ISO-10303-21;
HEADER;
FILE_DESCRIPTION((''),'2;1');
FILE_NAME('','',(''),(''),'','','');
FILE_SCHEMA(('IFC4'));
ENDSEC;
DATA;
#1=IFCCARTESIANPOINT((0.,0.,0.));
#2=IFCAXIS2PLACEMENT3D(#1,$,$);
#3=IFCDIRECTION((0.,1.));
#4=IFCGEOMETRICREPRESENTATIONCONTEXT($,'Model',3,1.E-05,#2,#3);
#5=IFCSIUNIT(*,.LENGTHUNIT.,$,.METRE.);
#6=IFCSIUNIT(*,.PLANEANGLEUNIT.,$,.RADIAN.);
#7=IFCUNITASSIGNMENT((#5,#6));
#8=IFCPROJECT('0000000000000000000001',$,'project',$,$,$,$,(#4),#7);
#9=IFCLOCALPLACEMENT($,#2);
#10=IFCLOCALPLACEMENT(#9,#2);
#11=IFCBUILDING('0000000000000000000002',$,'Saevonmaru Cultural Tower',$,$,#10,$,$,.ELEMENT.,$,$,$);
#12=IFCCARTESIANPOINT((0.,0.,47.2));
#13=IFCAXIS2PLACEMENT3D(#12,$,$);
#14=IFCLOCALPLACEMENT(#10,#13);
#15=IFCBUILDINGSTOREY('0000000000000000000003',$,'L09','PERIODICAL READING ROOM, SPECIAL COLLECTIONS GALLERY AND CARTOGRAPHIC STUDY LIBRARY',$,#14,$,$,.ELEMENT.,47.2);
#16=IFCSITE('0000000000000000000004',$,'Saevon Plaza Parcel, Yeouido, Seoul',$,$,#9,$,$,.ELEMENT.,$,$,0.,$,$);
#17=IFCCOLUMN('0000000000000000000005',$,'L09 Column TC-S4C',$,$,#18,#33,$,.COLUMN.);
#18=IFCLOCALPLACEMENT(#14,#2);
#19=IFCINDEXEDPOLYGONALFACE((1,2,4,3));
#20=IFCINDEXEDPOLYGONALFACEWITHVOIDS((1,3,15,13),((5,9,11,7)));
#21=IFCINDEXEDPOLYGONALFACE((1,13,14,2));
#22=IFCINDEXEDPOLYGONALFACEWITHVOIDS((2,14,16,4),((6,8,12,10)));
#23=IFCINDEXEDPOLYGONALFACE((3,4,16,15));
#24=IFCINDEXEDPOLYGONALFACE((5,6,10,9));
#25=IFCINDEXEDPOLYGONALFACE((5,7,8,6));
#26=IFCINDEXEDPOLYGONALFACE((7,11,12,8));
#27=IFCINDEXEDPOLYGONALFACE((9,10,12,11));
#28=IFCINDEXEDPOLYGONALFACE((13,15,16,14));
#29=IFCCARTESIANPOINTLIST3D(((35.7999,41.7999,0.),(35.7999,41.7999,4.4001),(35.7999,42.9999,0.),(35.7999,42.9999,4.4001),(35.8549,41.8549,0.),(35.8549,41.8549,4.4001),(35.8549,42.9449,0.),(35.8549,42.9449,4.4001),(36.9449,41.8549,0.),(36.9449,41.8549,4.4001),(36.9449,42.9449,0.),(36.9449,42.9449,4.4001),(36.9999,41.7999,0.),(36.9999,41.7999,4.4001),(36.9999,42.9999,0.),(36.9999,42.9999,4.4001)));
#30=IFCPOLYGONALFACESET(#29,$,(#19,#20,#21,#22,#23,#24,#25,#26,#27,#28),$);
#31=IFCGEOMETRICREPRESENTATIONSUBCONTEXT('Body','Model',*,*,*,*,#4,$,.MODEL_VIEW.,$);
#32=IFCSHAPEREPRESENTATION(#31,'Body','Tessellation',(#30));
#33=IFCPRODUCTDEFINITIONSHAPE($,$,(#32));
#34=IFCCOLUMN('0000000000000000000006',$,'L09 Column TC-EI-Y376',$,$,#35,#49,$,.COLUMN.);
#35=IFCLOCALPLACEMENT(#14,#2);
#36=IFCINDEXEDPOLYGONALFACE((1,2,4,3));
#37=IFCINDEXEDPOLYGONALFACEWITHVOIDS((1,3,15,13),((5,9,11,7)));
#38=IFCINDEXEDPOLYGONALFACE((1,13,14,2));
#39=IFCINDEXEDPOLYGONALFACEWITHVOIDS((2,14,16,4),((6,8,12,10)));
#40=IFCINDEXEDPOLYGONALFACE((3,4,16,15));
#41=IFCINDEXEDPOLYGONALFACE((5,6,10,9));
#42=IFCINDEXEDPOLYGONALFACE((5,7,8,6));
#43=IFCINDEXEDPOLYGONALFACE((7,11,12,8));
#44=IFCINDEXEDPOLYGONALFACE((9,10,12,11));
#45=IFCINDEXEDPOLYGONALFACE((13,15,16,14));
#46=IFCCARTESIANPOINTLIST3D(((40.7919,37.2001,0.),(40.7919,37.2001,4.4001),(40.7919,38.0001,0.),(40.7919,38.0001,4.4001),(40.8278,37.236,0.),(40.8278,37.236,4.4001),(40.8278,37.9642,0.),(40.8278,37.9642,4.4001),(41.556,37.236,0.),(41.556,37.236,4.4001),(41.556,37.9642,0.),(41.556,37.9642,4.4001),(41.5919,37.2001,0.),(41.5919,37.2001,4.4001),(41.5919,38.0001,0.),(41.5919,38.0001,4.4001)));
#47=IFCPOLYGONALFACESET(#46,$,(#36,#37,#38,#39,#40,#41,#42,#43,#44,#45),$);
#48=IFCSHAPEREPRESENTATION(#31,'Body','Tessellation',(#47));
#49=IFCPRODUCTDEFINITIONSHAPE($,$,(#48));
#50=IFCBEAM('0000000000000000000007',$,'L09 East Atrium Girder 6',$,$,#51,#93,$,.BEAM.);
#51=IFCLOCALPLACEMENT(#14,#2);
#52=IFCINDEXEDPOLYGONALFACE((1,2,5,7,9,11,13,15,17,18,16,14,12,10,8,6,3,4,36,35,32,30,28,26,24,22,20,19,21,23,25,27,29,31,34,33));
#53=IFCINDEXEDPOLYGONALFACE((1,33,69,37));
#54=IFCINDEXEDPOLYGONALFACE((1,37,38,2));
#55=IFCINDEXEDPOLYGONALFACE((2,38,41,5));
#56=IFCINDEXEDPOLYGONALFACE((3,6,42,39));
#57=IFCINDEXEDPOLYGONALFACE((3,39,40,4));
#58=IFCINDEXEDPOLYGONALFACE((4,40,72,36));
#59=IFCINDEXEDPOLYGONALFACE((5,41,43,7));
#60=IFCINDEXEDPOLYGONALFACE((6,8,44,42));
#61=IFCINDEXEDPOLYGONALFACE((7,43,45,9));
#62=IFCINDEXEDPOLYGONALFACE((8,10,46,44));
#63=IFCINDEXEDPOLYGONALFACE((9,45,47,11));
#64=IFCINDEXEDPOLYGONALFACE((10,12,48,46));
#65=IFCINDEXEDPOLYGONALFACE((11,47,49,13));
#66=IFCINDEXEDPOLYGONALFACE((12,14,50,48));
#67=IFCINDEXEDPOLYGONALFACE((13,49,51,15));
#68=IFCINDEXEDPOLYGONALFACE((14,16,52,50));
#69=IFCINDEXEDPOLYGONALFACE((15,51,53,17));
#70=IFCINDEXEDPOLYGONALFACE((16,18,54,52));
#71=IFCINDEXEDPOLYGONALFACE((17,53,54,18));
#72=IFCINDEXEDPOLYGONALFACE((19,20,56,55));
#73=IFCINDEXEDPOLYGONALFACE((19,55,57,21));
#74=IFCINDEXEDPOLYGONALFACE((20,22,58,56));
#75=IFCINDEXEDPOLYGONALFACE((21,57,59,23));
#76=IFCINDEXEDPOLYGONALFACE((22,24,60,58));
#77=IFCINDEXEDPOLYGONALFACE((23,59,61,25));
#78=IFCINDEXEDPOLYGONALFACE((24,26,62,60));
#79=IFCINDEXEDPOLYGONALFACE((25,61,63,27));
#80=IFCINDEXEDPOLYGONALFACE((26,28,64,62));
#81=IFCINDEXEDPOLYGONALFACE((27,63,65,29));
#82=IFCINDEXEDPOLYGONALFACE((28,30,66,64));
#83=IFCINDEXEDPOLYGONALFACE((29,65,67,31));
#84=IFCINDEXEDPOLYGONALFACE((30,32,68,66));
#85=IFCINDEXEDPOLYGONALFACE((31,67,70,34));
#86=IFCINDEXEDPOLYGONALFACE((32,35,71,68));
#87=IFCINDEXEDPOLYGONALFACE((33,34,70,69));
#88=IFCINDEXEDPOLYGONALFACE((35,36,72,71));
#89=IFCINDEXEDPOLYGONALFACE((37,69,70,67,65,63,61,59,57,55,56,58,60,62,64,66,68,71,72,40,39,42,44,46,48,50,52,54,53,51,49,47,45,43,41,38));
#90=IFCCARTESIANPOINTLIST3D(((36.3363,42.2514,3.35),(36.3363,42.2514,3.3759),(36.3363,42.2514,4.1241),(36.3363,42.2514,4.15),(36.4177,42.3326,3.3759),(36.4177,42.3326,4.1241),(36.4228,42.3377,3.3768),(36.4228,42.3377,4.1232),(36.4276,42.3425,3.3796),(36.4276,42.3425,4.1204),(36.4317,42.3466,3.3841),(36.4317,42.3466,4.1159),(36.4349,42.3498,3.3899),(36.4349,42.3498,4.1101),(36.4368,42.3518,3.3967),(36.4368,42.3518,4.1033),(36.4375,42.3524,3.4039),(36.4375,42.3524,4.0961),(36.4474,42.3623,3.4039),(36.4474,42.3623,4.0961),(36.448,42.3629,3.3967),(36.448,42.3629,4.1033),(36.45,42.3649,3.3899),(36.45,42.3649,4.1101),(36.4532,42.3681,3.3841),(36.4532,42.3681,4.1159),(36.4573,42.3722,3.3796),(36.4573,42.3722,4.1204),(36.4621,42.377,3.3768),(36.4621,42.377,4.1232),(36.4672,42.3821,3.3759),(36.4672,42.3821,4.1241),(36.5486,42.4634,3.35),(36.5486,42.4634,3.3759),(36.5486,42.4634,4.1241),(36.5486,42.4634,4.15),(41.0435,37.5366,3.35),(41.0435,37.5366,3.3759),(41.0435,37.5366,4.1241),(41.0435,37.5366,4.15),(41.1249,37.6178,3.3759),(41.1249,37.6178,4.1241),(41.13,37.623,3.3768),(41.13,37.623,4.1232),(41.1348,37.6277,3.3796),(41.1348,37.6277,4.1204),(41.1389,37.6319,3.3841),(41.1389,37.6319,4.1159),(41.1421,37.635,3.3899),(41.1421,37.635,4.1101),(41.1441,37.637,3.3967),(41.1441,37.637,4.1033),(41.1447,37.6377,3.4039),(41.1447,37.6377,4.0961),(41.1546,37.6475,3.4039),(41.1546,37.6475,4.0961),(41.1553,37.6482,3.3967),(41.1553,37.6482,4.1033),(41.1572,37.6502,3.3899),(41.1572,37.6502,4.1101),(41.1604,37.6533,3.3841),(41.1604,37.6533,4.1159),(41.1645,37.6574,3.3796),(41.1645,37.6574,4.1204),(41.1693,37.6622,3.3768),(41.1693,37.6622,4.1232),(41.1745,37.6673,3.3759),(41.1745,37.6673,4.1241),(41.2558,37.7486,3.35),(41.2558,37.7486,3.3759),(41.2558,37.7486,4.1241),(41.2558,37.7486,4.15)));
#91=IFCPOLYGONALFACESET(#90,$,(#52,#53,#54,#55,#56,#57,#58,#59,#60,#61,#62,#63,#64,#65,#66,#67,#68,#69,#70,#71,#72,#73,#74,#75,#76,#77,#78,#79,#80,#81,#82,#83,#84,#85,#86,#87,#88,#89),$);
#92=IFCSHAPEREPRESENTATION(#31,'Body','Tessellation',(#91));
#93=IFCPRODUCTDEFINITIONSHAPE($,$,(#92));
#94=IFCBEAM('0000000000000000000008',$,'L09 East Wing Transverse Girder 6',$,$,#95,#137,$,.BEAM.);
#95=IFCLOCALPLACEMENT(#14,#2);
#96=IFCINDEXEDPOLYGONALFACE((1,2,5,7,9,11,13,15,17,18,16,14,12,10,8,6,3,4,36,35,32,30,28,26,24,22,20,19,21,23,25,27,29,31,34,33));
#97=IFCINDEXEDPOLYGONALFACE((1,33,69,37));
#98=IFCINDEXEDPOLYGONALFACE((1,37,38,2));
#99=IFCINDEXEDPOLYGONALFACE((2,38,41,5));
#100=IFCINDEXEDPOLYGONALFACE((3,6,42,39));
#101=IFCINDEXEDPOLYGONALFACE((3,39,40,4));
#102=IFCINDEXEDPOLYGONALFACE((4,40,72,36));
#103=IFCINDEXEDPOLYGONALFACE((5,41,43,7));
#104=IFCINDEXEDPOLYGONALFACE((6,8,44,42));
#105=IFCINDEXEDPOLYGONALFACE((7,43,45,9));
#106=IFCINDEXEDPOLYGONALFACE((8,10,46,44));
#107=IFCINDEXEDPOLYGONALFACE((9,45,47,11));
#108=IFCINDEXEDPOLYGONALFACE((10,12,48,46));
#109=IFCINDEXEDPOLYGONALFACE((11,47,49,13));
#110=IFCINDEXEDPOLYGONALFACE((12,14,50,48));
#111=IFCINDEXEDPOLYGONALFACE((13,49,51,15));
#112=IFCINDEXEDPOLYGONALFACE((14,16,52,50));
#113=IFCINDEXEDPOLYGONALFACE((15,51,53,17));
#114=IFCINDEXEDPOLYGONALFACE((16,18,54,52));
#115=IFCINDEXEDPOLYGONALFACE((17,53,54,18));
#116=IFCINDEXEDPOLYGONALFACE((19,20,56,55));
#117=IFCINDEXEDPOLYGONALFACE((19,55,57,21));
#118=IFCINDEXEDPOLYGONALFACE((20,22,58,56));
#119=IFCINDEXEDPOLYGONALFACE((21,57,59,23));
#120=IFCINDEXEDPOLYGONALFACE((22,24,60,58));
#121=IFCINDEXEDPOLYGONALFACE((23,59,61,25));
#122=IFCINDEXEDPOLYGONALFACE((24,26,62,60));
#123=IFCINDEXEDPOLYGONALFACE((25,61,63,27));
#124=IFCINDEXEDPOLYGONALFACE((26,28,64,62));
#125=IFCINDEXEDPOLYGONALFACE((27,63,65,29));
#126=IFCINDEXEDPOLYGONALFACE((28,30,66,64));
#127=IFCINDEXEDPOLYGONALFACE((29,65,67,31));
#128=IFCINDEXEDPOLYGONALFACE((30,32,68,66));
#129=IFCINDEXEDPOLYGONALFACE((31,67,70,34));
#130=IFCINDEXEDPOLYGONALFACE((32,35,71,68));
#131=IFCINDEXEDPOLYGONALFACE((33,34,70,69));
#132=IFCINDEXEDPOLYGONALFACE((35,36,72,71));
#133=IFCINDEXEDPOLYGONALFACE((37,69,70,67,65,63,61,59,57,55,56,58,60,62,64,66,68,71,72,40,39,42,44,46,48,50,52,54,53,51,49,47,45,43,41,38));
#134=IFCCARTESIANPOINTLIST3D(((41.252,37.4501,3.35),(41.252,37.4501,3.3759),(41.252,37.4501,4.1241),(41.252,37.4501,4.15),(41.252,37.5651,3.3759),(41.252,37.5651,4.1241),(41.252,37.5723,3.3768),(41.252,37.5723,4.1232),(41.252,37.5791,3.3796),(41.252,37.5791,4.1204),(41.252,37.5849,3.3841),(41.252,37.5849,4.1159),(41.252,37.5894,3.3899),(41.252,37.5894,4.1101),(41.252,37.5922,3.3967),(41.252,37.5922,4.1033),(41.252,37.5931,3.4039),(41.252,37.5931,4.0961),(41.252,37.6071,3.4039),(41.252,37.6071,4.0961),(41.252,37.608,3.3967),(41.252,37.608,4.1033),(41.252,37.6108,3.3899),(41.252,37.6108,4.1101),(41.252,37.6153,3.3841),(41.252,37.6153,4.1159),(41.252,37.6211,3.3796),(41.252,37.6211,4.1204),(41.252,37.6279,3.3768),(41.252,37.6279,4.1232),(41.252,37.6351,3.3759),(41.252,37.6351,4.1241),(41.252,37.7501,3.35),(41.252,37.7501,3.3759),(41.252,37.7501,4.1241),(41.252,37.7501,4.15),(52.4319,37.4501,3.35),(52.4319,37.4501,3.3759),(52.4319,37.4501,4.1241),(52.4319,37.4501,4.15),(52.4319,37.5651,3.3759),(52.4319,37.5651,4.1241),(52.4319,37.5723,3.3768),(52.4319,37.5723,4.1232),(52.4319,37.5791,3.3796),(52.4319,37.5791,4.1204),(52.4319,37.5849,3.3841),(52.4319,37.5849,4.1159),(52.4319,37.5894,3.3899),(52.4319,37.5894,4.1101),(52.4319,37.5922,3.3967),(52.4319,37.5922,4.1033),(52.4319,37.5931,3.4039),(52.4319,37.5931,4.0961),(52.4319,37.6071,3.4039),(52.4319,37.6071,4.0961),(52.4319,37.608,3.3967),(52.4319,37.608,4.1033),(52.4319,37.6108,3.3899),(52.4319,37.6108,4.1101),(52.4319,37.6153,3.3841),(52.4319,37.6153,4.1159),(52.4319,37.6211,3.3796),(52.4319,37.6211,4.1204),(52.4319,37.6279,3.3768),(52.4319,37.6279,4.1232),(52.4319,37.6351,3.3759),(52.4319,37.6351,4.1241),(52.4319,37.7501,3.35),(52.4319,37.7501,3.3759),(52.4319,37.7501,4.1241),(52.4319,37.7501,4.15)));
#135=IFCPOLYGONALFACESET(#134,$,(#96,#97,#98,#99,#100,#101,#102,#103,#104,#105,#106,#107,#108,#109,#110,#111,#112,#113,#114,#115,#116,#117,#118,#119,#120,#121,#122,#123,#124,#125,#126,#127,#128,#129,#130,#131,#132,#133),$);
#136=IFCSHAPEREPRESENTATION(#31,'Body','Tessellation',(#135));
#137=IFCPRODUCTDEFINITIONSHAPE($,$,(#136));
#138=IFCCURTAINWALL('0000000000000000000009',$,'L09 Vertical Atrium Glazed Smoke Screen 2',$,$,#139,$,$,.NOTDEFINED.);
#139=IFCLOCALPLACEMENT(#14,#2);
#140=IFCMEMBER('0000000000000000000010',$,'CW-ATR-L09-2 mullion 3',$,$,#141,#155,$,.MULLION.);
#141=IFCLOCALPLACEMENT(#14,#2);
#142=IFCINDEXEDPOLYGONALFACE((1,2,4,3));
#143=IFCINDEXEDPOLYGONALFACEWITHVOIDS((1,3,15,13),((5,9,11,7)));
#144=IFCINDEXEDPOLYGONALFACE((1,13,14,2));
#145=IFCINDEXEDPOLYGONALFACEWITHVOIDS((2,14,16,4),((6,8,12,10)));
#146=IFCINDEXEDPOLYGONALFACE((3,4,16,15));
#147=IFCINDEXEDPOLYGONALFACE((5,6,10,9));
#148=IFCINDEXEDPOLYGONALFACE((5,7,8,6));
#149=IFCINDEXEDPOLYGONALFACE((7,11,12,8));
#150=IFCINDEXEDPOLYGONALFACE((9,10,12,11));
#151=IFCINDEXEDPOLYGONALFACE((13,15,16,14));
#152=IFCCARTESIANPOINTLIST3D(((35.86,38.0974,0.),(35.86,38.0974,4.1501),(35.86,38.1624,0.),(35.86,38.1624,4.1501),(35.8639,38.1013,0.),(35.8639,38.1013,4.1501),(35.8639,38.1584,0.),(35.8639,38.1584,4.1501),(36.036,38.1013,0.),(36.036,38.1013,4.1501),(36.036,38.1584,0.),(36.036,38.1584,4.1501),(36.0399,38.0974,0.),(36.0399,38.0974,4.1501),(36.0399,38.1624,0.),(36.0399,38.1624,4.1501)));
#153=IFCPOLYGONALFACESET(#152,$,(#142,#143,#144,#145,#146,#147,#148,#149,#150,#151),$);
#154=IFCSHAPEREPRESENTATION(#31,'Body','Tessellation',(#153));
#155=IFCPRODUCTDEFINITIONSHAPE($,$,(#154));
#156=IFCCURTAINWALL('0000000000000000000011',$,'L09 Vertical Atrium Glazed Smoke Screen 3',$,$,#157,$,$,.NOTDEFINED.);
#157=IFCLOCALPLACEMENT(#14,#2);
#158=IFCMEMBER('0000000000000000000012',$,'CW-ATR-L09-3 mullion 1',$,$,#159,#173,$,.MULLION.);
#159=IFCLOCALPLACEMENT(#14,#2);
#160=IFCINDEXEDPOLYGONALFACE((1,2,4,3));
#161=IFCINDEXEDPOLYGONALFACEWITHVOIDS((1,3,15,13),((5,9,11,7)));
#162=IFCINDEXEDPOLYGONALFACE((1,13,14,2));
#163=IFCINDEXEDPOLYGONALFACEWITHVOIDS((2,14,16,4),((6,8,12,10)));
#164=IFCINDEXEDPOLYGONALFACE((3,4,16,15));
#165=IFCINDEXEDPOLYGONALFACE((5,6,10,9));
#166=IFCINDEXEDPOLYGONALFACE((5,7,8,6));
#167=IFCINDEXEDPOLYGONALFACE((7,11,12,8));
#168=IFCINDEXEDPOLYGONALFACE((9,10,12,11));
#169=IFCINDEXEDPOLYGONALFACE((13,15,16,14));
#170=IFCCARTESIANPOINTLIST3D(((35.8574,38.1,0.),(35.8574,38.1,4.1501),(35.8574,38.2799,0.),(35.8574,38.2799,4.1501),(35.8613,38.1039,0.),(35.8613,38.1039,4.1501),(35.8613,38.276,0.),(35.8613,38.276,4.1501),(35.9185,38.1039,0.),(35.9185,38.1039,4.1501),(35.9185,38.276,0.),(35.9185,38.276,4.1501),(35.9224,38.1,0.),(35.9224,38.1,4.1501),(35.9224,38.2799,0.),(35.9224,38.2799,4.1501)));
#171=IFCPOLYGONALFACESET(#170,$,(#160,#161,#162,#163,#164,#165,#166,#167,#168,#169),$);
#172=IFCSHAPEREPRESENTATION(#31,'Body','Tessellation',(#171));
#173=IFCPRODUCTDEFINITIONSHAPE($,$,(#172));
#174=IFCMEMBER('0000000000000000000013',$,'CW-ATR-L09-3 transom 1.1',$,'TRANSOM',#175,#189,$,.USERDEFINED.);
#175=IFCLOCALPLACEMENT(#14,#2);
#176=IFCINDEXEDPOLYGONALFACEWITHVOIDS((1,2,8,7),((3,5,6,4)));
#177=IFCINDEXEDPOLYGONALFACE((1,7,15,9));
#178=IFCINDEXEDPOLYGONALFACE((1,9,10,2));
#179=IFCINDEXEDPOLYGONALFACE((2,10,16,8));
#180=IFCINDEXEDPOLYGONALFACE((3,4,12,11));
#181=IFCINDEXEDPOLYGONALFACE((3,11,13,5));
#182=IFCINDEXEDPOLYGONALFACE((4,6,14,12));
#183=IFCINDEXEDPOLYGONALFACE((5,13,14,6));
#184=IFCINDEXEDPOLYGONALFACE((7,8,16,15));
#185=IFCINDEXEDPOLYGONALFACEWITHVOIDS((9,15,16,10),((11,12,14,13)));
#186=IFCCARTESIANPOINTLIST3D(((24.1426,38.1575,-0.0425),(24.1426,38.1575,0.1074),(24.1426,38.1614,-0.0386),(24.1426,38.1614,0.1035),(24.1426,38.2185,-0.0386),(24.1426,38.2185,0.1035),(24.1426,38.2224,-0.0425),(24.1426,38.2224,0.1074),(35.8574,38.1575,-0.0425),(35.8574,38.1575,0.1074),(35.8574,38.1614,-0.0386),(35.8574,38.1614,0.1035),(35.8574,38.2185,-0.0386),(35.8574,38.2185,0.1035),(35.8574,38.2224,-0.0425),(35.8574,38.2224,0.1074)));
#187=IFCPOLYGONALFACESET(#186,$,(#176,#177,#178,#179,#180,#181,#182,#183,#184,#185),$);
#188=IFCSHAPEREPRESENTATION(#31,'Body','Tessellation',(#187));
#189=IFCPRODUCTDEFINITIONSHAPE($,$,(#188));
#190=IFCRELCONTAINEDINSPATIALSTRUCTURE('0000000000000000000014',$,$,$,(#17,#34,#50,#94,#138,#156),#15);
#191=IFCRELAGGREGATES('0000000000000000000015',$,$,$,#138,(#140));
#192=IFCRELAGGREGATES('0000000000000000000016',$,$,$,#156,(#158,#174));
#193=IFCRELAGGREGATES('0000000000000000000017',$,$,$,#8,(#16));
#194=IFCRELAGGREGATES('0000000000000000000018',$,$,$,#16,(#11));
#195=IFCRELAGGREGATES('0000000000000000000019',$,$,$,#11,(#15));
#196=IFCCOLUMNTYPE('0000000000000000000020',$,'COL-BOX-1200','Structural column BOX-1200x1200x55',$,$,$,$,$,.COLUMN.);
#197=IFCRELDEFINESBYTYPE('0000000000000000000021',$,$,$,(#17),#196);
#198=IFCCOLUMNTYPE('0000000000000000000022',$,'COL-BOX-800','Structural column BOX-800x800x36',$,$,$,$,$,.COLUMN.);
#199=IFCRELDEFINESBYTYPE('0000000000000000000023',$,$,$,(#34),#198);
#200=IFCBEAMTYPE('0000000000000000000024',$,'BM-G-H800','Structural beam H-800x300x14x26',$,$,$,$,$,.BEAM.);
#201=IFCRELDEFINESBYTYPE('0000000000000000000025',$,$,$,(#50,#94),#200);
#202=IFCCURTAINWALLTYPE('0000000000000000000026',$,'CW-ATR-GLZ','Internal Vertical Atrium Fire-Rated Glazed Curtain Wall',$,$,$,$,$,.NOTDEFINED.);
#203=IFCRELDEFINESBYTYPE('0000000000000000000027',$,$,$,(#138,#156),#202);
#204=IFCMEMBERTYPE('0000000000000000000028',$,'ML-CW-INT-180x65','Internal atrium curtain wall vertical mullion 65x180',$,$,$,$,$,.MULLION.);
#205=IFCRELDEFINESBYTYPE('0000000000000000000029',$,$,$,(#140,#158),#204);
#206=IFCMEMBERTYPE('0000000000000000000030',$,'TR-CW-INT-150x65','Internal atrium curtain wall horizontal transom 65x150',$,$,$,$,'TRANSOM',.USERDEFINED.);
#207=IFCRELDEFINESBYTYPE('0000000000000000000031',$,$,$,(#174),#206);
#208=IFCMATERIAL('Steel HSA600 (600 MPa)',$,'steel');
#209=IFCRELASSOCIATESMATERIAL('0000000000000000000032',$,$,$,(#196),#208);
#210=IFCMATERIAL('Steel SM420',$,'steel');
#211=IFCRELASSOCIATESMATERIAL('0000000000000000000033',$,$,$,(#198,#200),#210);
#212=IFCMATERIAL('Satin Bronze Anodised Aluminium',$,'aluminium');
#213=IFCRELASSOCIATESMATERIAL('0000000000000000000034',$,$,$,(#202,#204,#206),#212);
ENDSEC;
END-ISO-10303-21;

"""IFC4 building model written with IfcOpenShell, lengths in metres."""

from ifc_helpers import new_model, si_unit, direction, frame, origin, origin_2d, place, context, subcontext, project, spatial, hollow_rectangle, i_section, extrude, material, material_profile, profile_set, type_object, element, aggregate, save


model = new_model("IFC4")

# Units and contexts
model_context = context("Model", 3, precision=1e-05, world=origin(), true_north=direction((0.0, 1.0)))
body_context = subcontext(model_context, "Body", "Model", "MODEL_VIEW")
ifc_project = project(units=[si_unit("LENGTHUNIT", "METRE"), si_unit("PLANEANGLEUNIT", "RADIAN")], contexts=[model_context])

# Site, building, storey
site_placement = place(None, origin())
site = spatial("IfcSite", under=ifc_project, at=site_placement, Name="Saevon Plaza Parcel, Yeouido, Seoul", CompositionType="ELEMENT", RefElevation=0.0)
building_placement = place(site_placement, origin())
building = spatial("IfcBuilding", under=site, at=building_placement, Name="Saevonmaru Cultural Tower", CompositionType="ELEMENT")
storey_placement = place(building_placement, frame((0.0, 0.0, 47.2)))
storey = spatial("IfcBuildingStorey", under=building, at=storey_placement, Name="L09", Description="PERIODICAL READING ROOM, SPECIAL COLLECTIONS GALLERY AND CARTOGRAPHIC STUDY LIBRARY", CompositionType="ELEMENT", Elevation=47.2)

# Columns
ifc_material_1 = material(Name="Steel HSA600 (600 MPa)", Category="steel")
ifc_material_profile_1 = material_profile(ifc_material_1, hollow_rectangle(XDim=1.2, YDim=1.2, WallThickness=0.0549, at=origin_2d()), Name="BOX-1200x1200x55")
ifc_profile_set_1 = profile_set([ifc_material_profile_1], Name="Steel HSA600 (600 MPa)")
column_type_1 = type_object("IfcColumnType", Name="COL-BOX-1200", Description="Structural column BOX-1200x1200x55", PredefinedType="COLUMN", material=ifc_profile_set_1)
column_1_placement = place(storey_placement, frame((36.3999, 42.3999, 0.0), z_axis=(0.0, 0.0, 1.0), x_axis=(1.0, 0.0, 0.0)))
element("IfcColumn", 1, at=column_1_placement, inside=storey, type_object=column_type_1, Name="L09 Column TC-S4C", PredefinedType="COLUMN", context=body_context, shape_type="SweptSolid", body=[
    extrude(hollow_rectangle(XDim=1.2, YDim=1.2, WallThickness=0.0549, at=origin_2d()), origin(), (0.0, 0.0, 1.0), 4.4001),
])
ifc_material_2 = material(Name="Steel SM420", Category="steel")
ifc_material_profile_2 = material_profile(ifc_material_2, hollow_rectangle(XDim=0.8, YDim=0.8, WallThickness=0.0359, at=origin_2d()), Name="BOX-800x800x36")
ifc_profile_set_2 = profile_set([ifc_material_profile_2], Name="Steel SM420")
column_type_2 = type_object("IfcColumnType", Name="COL-BOX-800", Description="Structural column BOX-800x800x36", PredefinedType="COLUMN", material=ifc_profile_set_2)
column_2_placement = place(storey_placement, frame((41.1919, 37.6001, 0.0), z_axis=(0.0, 0.0, 1.0), x_axis=(1.0, 0.0, 0.0)))
element("IfcColumn", 2, at=column_2_placement, inside=storey, type_object=column_type_2, Name="L09 Column TC-EI-Y376", PredefinedType="COLUMN", context=body_context, shape_type="SweptSolid", body=[
    extrude(hollow_rectangle(XDim=0.8, YDim=0.8, WallThickness=0.0359, at=origin_2d()), origin(), (0.0, 0.0, 1.0), 4.4001),
])

# Beams
ifc_material_profile_3 = material_profile(ifc_material_2, i_section(OverallWidth=0.3, OverallDepth=0.8, WebThickness=0.0139, FlangeThickness=0.0259, FilletRadius=0.0281, at=origin_2d()), Name="H-800x300x14x26")
ifc_profile_set_3 = profile_set([ifc_material_profile_3], Name="Steel SM420")
beam_type = type_object("IfcBeamType", Name="BM-G-H800", Description="Structural beam H-800x300x14x26", PredefinedType="BEAM", material=ifc_profile_set_3)
beam_1_placement = place(storey_placement, frame((41.1497, 37.6426, 3.75), z_axis=(-0.706539, 0.707675, 0.0), x_axis=(-0.707675, -0.706539, 0.0)))
element("IfcBeam", 3, at=beam_1_placement, inside=storey, type_object=beam_type, Name="L09 East Atrium Girder 6", PredefinedType="BEAM", context=body_context, shape_type="SweptSolid", body=[
    extrude(i_section(OverallWidth=0.3, OverallDepth=0.8, WebThickness=0.0139, FlangeThickness=0.0259, FilletRadius=0.0281, at=origin_2d()), origin(), (0.0, 0.0, 1.0), 6.6624),
])
beam_2_placement = place(storey_placement, frame((41.252, 37.6001, 3.75), z_axis=(1.0, 0.0, 0.0), x_axis=(0.0, 1.0, 0.0)))
element("IfcBeam", 4, at=beam_2_placement, inside=storey, type_object=beam_type, Name="L09 East Wing Transverse Girder 6", PredefinedType="BEAM", context=body_context, shape_type="SweptSolid", body=[
    extrude(i_section(OverallWidth=0.3, OverallDepth=0.8, WebThickness=0.0139, FlangeThickness=0.0259, FilletRadius=0.0281, at=origin_2d()), origin(), (0.0, 0.0, 1.0), 11.1799),
])

# Curtain wall, member
ifc_material_3 = material(Name="Satin Bronze Anodised Aluminium", Category="aluminium")
curtain_wall_type = type_object("IfcCurtainWallType", Name="CW-ATR-GLZ", Description="Internal Vertical Atrium Fire-Rated Glazed Curtain Wall", PredefinedType="NOTDEFINED", material=ifc_material_3)
curtain_wall_1_placement = place(storey_placement, origin())
curtain_wall_1 = element("IfcCurtainWall", 5, at=curtain_wall_1_placement, inside=storey, type_object=curtain_wall_type, Name="L09 Vertical Atrium Glazed Smoke Screen 2", PredefinedType="NOTDEFINED")
ifc_material_profile_4 = material_profile(ifc_material_3, hollow_rectangle(XDim=0.0649, YDim=0.1799, WallThickness=0.0039, at=origin_2d()), Name="ALU-MULL-180x65x4")
ifc_profile_set_4 = profile_set([ifc_material_profile_4], Name="Satin Bronze Anodised Aluminium")
member_type_1 = type_object("IfcMemberType", Name="ML-CW-INT-180x65", Description="Internal atrium curtain wall vertical mullion 65x180", PredefinedType="MULLION", material=ifc_profile_set_4)
member_1_placement = place(storey_placement, frame((35.95, 38.1299, 0.0), z_axis=(0.0, 0.0, 1.0), x_axis=(0.0, 1.0, 0.0)))
member_1 = element("IfcMember", 6, at=member_1_placement, type_object=member_type_1, Name="CW-ATR-L09-2 mullion 3", PredefinedType="MULLION", context=body_context, shape_type="SweptSolid", body=[
    extrude(hollow_rectangle(XDim=0.0649, YDim=0.1799, WallThickness=0.0039, at=origin_2d()), origin(), (0.0, 0.0, 1.0), 4.1501),
])
aggregate(curtain_wall_1, [member_1])

# Curtain wall, members
curtain_wall_2_placement = place(storey_placement, origin())
curtain_wall_2 = element("IfcCurtainWall", 7, at=curtain_wall_2_placement, inside=storey, type_object=curtain_wall_type, Name="L09 Vertical Atrium Glazed Smoke Screen 3", PredefinedType="NOTDEFINED")
member_2_placement = place(storey_placement, frame((35.8899, 38.1899, 0.0), z_axis=(0.0, 0.0, 1.0), x_axis=(-1.0, 0.0, 0.0)))
member_2 = element("IfcMember", 8, at=member_2_placement, type_object=member_type_1, Name="CW-ATR-L09-3 mullion 1", PredefinedType="MULLION", context=body_context, shape_type="SweptSolid", body=[
    extrude(hollow_rectangle(XDim=0.0649, YDim=0.1799, WallThickness=0.0039, at=origin_2d()), origin(), (0.0, 0.0, 1.0), 4.1501),
])
ifc_material_profile_5 = material_profile(ifc_material_3, hollow_rectangle(XDim=0.0649, YDim=0.1499, WallThickness=0.0039, at=origin_2d()), Name="ALU-TRAN-150x65x4")
ifc_profile_set_5 = profile_set([ifc_material_profile_5], Name="Satin Bronze Anodised Aluminium")
member_type_2 = type_object("IfcMemberType", Name="TR-CW-INT-150x65", Description="Internal atrium curtain wall horizontal transom 65x150", ElementType="TRANSOM", PredefinedType="USERDEFINED", material=ifc_profile_set_5)
member_3_placement = place(storey_placement, frame((35.8574, 38.1899, 0.0325), z_axis=(-1.0, 0.0, 0.0), x_axis=(0.0, -1.0, 0.0)))
member_3 = element("IfcMember", 9, at=member_3_placement, type_object=member_type_2, Name="CW-ATR-L09-3 transom 1.1", ObjectType="TRANSOM", PredefinedType="USERDEFINED", context=body_context, shape_type="SweptSolid", body=[
    extrude(hollow_rectangle(XDim=0.0649, YDim=0.1499, WallThickness=0.0039, at=origin_2d()), origin(), (0.0, 0.0, 1.0), 11.7148),
])
aggregate(curtain_wall_2, [member_2, member_3])

save(model, "model.ifc")
